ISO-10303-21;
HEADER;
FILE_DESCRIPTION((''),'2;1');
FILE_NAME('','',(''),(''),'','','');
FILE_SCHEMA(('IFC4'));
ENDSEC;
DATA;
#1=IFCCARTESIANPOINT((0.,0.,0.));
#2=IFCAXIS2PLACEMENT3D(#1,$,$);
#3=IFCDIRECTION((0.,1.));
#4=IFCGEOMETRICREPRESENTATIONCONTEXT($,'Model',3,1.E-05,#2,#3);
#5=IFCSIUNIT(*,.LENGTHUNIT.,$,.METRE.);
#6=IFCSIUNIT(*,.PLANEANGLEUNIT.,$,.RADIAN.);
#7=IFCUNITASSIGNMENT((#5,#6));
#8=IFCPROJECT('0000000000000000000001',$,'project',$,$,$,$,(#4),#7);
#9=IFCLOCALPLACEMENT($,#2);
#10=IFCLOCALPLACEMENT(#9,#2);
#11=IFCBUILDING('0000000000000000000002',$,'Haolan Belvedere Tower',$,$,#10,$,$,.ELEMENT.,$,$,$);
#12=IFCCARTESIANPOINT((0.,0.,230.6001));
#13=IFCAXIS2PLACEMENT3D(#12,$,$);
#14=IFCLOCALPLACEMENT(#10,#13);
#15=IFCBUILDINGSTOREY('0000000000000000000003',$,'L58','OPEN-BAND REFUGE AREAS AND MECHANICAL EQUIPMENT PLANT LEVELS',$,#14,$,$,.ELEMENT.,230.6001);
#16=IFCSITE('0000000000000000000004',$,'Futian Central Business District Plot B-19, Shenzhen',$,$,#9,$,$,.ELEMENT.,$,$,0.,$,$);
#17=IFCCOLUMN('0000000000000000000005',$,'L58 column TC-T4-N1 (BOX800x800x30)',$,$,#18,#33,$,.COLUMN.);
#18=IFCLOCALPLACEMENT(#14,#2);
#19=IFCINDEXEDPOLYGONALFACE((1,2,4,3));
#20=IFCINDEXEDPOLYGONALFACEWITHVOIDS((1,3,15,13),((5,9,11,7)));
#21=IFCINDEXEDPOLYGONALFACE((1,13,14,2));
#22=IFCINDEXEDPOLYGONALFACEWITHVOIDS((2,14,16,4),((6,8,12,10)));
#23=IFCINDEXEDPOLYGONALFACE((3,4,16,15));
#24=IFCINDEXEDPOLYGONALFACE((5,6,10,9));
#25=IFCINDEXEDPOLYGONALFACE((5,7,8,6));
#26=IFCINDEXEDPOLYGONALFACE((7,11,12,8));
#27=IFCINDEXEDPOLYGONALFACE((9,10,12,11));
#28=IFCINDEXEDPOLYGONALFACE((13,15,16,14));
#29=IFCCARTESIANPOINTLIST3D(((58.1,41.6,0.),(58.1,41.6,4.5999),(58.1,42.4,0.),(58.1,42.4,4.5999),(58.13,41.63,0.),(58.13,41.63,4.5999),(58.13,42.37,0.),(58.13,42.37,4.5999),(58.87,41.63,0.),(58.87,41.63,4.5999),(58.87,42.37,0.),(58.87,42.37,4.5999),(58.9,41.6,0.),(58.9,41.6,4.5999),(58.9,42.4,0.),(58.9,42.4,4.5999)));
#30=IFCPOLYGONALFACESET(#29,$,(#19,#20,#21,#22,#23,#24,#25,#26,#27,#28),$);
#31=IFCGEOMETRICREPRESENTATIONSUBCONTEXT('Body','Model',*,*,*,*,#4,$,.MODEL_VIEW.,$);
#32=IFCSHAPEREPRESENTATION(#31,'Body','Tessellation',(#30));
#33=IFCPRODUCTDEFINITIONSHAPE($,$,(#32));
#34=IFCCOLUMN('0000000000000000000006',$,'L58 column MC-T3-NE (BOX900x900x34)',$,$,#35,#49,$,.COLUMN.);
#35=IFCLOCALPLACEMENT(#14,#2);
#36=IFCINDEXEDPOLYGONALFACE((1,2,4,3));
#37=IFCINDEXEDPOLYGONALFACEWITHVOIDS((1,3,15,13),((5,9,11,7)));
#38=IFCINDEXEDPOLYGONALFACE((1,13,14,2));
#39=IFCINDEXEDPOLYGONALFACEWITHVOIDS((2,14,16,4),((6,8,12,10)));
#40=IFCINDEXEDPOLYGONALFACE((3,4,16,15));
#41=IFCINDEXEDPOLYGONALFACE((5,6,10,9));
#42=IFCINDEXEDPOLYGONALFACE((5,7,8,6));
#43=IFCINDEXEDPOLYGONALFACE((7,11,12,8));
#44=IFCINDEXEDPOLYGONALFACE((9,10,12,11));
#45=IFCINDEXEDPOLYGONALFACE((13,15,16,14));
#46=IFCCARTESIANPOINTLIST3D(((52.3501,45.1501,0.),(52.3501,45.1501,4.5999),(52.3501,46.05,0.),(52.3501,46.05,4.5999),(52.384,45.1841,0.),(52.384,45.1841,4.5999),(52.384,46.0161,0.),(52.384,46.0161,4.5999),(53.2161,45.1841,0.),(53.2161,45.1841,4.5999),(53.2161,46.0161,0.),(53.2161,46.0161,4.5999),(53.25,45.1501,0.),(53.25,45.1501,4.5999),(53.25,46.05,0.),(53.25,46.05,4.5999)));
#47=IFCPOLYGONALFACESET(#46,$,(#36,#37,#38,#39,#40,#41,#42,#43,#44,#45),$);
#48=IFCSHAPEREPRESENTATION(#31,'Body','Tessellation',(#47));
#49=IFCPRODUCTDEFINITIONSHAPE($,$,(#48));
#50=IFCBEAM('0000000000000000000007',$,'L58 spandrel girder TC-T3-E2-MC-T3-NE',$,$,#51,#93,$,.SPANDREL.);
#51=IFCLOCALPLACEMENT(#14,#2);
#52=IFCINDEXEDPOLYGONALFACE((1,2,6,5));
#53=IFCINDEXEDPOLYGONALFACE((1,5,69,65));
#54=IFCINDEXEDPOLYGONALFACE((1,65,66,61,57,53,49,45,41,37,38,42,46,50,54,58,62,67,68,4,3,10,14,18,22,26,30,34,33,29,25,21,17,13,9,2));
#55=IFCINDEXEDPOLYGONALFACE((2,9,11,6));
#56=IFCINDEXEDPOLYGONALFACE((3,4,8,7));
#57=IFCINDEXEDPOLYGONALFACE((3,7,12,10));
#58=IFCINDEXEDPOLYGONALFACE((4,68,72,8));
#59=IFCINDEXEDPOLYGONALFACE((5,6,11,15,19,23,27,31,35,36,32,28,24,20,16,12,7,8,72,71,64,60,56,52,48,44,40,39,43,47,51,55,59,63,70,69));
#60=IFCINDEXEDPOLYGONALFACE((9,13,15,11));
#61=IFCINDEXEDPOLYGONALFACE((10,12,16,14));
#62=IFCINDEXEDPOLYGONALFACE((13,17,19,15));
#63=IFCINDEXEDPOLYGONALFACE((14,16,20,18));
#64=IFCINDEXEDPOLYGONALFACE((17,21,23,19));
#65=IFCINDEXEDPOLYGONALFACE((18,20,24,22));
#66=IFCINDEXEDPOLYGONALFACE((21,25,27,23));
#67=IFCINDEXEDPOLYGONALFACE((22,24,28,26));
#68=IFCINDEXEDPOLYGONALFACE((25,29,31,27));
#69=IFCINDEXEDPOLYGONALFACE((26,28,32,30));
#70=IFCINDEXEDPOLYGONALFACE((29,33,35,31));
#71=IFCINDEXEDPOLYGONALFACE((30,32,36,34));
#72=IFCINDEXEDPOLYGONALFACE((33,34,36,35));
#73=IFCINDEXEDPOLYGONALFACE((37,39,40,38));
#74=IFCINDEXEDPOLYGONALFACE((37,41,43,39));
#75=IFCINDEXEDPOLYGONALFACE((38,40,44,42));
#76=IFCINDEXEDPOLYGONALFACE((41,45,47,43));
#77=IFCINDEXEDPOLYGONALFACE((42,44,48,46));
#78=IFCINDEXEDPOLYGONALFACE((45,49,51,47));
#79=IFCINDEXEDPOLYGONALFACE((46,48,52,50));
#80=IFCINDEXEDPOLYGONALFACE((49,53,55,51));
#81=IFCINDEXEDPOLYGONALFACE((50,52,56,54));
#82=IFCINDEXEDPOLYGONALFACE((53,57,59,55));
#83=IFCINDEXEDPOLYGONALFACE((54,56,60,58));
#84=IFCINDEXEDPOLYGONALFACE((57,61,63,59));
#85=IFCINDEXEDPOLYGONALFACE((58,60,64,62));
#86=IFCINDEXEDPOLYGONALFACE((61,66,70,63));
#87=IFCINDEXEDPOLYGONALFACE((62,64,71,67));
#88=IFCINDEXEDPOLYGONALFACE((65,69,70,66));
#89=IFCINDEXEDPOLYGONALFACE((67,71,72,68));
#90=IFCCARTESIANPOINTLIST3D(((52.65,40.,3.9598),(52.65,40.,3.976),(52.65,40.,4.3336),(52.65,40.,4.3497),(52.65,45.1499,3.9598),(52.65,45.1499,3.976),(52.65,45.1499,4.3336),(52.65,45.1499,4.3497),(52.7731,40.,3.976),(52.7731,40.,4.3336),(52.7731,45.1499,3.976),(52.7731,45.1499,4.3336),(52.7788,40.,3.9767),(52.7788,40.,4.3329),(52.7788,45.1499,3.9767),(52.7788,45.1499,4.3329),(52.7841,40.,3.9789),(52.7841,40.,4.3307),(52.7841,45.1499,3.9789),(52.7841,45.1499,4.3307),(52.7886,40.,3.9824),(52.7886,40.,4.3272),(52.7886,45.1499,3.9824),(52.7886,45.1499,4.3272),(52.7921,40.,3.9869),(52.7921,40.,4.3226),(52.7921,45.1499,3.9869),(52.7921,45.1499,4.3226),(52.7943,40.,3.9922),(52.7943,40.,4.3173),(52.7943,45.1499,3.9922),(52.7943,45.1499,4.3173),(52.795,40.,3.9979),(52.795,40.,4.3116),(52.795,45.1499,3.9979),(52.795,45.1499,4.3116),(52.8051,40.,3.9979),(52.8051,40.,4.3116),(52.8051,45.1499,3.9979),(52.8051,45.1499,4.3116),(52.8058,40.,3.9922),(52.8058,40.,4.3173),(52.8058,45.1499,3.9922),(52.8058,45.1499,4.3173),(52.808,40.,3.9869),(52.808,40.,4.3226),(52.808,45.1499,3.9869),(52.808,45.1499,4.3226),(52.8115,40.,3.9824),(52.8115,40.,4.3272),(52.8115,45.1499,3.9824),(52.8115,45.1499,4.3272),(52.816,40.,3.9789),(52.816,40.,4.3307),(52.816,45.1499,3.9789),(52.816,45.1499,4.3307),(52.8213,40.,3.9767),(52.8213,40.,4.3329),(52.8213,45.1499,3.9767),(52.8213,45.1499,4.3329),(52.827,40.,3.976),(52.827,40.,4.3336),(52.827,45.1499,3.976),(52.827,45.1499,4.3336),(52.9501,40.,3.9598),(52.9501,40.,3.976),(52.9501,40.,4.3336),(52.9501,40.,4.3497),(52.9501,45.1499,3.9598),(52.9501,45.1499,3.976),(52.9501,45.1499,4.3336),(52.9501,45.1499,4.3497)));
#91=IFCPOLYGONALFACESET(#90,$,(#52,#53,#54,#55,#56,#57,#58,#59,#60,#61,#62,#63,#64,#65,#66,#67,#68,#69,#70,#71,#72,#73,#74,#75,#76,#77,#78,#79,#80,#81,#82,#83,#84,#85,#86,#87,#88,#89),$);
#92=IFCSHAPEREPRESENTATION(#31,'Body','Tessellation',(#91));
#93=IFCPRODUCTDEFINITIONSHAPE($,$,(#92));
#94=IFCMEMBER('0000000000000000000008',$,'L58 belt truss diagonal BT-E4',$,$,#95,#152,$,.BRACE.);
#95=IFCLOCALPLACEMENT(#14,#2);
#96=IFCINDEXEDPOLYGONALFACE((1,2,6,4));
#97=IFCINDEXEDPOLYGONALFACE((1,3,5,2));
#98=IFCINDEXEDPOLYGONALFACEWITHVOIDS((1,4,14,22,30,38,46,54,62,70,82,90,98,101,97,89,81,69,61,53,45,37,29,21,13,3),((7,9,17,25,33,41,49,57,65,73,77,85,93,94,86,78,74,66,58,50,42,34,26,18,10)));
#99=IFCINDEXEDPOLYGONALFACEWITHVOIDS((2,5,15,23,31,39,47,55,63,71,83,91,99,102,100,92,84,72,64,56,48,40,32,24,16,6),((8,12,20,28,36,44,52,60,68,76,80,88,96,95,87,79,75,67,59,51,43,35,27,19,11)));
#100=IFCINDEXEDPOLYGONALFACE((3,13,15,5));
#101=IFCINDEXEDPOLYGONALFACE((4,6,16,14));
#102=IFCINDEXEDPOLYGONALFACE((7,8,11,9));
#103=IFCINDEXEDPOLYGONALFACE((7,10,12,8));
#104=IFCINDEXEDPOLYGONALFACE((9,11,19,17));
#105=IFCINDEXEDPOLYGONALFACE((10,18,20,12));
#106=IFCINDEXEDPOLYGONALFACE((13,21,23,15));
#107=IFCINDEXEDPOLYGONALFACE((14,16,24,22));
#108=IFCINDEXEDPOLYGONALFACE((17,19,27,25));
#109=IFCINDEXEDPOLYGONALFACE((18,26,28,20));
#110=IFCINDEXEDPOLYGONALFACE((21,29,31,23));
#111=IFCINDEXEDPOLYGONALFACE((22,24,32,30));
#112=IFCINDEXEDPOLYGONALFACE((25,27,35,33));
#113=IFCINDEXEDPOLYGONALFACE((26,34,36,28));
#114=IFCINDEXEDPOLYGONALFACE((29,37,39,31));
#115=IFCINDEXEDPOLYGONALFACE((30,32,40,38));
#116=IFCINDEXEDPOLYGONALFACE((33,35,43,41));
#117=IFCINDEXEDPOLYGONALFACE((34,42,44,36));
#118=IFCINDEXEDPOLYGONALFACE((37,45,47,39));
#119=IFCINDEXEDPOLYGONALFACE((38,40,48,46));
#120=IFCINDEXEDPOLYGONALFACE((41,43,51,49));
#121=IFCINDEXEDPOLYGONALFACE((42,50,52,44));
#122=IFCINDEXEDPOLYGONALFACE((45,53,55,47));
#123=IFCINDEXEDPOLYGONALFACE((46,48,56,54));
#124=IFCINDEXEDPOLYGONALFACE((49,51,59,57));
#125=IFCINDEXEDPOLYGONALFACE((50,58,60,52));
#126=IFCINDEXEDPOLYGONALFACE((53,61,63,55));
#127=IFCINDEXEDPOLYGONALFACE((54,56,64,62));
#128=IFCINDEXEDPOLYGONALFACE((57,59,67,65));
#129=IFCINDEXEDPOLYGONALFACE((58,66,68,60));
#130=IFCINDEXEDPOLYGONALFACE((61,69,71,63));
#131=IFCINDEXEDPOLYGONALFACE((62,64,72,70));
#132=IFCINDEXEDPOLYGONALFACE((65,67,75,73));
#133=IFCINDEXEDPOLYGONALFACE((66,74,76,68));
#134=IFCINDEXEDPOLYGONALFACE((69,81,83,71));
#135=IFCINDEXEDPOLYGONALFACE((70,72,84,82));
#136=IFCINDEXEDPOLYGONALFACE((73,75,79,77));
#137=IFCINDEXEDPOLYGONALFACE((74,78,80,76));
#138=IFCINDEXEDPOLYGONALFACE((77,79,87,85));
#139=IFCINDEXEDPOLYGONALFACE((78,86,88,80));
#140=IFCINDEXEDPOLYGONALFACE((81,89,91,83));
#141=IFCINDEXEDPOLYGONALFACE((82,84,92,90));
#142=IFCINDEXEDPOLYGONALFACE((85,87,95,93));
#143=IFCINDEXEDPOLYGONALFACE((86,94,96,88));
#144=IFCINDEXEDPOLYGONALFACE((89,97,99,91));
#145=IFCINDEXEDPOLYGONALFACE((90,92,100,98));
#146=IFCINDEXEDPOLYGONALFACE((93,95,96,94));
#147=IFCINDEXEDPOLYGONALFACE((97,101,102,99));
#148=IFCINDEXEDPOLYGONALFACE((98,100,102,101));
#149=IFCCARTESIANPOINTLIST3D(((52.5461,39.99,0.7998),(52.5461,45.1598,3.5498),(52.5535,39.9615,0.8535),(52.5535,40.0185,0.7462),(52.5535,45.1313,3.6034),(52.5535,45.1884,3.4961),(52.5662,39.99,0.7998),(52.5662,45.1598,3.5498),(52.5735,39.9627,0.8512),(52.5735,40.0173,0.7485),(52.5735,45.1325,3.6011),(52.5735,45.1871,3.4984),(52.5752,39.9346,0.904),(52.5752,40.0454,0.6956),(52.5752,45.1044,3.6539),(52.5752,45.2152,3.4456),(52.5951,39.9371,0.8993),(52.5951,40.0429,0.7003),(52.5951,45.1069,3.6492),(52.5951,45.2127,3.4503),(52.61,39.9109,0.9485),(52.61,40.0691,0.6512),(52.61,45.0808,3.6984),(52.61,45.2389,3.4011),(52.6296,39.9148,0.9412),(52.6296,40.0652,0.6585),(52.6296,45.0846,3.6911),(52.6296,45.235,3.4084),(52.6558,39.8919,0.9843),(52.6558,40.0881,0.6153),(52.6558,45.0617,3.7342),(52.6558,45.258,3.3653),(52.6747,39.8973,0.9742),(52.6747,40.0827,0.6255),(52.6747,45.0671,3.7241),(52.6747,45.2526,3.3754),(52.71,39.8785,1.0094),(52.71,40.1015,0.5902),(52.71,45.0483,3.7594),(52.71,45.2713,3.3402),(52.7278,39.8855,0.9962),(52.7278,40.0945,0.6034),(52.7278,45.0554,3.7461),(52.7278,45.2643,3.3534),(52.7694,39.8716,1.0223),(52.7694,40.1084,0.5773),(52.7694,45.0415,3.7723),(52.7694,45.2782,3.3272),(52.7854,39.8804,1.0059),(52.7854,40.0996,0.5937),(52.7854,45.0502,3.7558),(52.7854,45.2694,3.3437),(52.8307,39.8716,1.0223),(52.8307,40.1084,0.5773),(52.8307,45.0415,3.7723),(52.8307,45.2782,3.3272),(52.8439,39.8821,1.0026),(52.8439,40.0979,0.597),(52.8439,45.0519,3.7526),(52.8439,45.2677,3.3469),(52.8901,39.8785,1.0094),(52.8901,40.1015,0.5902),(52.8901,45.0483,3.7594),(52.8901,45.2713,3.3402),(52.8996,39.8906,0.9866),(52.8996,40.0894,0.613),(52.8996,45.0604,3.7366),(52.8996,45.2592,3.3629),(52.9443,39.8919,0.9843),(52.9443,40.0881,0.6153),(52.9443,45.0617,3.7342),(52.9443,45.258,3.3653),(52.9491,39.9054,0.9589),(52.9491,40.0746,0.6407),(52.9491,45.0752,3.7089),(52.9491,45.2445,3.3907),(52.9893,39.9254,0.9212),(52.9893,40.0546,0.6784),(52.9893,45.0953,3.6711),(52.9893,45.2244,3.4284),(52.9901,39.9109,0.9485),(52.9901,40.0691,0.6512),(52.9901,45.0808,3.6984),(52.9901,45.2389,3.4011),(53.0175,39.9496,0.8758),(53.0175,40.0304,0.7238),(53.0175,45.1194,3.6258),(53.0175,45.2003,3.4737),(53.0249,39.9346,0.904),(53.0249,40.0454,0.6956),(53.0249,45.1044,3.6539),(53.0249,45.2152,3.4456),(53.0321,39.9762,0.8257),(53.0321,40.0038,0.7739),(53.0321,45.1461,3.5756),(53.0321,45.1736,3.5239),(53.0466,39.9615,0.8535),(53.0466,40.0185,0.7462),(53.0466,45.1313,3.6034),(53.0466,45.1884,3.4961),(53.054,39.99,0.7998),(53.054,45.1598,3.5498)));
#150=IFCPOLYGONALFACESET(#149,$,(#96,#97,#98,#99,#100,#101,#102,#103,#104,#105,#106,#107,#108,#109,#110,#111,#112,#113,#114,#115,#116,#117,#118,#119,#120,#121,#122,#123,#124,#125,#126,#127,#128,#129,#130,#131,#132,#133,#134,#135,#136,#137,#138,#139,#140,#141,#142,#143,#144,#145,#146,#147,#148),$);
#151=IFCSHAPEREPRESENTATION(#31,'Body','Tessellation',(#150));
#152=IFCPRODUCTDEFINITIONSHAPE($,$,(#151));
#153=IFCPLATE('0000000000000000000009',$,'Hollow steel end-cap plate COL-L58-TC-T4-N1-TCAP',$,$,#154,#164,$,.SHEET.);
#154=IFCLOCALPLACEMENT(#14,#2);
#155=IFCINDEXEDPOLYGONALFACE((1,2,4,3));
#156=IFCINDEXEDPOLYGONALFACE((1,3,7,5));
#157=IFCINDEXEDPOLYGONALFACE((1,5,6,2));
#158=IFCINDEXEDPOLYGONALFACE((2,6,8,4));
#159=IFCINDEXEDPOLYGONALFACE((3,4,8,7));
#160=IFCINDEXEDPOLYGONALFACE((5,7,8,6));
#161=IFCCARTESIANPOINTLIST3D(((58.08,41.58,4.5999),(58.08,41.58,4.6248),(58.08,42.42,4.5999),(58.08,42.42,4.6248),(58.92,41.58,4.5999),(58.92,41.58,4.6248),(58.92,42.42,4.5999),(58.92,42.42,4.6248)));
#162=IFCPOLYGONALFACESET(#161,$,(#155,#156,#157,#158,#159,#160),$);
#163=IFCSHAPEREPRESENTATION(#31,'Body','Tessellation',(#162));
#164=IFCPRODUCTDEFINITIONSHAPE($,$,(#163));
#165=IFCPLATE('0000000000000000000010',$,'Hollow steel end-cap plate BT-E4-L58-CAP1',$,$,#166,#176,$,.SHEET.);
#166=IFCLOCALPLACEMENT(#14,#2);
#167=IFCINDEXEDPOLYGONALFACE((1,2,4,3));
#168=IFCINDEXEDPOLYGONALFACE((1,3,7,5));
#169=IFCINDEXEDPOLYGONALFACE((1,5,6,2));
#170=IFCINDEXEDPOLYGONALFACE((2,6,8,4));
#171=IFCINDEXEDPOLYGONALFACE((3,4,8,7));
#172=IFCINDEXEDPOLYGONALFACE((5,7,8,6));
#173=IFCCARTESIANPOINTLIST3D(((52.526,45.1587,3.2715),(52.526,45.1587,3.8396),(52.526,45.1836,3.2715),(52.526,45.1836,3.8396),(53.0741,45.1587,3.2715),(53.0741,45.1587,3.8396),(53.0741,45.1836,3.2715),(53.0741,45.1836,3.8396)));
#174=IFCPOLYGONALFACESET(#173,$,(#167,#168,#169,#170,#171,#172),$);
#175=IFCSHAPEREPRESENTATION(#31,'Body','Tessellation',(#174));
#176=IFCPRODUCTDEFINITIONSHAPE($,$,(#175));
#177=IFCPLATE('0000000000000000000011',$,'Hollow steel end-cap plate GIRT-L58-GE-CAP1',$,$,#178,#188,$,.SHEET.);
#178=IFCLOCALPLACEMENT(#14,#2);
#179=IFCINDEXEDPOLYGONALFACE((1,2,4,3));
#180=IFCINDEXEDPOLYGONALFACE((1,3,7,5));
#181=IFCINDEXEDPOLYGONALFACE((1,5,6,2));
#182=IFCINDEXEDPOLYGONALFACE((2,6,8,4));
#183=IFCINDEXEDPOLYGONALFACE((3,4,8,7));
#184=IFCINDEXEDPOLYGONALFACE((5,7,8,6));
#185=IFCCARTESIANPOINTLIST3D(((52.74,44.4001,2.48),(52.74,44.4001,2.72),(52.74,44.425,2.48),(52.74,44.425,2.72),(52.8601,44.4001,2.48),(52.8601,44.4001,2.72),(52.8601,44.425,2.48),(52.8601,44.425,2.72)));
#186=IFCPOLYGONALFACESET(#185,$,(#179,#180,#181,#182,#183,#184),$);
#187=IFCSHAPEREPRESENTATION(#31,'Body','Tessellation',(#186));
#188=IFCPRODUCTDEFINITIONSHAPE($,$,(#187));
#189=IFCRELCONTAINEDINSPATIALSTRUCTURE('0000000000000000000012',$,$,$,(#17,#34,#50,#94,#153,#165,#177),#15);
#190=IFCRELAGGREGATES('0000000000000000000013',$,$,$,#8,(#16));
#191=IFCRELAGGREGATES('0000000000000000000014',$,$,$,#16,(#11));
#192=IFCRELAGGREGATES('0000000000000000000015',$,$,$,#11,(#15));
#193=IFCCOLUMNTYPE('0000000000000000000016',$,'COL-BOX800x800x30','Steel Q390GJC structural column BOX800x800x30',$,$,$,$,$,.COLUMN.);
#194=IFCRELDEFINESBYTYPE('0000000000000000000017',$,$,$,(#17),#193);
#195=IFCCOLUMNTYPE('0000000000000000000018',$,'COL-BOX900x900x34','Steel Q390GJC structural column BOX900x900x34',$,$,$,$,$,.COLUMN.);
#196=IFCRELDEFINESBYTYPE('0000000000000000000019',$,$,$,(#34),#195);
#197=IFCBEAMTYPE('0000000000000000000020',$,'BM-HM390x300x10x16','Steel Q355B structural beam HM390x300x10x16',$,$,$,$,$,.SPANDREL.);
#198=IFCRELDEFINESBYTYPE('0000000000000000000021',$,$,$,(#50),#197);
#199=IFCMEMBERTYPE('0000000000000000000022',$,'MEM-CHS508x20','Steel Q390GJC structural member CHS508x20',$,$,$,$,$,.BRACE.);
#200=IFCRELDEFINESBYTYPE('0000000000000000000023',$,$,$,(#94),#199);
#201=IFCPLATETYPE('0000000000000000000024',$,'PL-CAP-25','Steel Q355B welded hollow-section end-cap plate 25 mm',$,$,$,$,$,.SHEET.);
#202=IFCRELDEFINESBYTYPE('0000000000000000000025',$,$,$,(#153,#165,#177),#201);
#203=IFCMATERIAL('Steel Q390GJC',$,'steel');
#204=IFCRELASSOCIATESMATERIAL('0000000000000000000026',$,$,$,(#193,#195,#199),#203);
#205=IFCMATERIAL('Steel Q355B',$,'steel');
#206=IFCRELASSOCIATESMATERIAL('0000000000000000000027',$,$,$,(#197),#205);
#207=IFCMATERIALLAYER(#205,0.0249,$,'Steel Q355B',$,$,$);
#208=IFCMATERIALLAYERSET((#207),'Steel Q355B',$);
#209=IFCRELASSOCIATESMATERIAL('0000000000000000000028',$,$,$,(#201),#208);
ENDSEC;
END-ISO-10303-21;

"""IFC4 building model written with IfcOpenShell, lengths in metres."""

from ifc_helpers import new_model, si_unit, direction, frame, origin, origin_2d, place, context, subcontext, project, spatial, rectangle, hollow_rectangle, hollow_circle, i_section, extrude, material, layer, layer_set, material_profile, profile_set, type_object, element, save


model = new_model("IFC4")

# Units and contexts
model_context = context("Model", 3, precision=1e-05, world=origin(), true_north=direction((0.0, 1.0)))
body_context = subcontext(model_context, "Body", "Model", "MODEL_VIEW")
ifc_project = project(units=[si_unit("LENGTHUNIT", "METRE"), si_unit("PLANEANGLEUNIT", "RADIAN")], contexts=[model_context])

# Site, building, storey
site_placement = place(None, origin())
site = spatial("IfcSite", under=ifc_project, at=site_placement, Name="Futian Central Business District Plot B-19, Shenzhen", CompositionType="ELEMENT", RefElevation=0.0)
building_placement = place(site_placement, origin())
building = spatial("IfcBuilding", under=site, at=building_placement, Name="Haolan Belvedere Tower", CompositionType="ELEMENT")
storey_placement = place(building_placement, frame((0.0, 0.0, 230.6001)))
storey = spatial("IfcBuildingStorey", under=building, at=storey_placement, Name="L58", Description="OPEN-BAND REFUGE AREAS AND MECHANICAL EQUIPMENT PLANT LEVELS", CompositionType="ELEMENT", Elevation=230.6001)

# Columns
ifc_material_1 = material(Name="Steel Q390GJC", Category="steel")
ifc_material_profile_1 = material_profile(ifc_material_1, hollow_rectangle(XDim=0.8, YDim=0.8, WallThickness=0.03, at=origin_2d()), Name="Steel Q390GJC")
ifc_profile_set_1 = profile_set([ifc_material_profile_1], Name="Steel Q390GJC")
column_type_1 = type_object("IfcColumnType", Name="COL-BOX800x800x30", Description="Steel Q390GJC structural column BOX800x800x30", PredefinedType="COLUMN", material=ifc_profile_set_1)
column_1_placement = place(storey_placement, frame((58.5, 42.0, 0.0), z_axis=(0.0, 0.0, 1.0), x_axis=(1.0, 0.0, 0.0)))
element("IfcColumn", 1, at=column_1_placement, inside=storey, type_object=column_type_1, Name="L58 column TC-T4-N1 (BOX800x800x30)", PredefinedType="COLUMN", context=body_context, shape_type="SweptSolid", body=[
    extrude(hollow_rectangle(XDim=0.8, YDim=0.8, WallThickness=0.03, at=origin_2d()), origin(), (0.0, 0.0, 1.0), 4.5999),
])
ifc_material_profile_2 = material_profile(ifc_material_1, hollow_rectangle(XDim=0.8999, YDim=0.8999, WallThickness=0.0339, at=origin_2d()), Name="Steel Q390GJC")
ifc_profile_set_2 = profile_set([ifc_material_profile_2], Name="Steel Q390GJC")
column_type_2 = type_object("IfcColumnType", Name="COL-BOX900x900x34", Description="Steel Q390GJC structural column BOX900x900x34", PredefinedType="COLUMN", material=ifc_profile_set_2)
column_2_placement = place(storey_placement, frame((52.8, 45.6001, 0.0), z_axis=(0.0, 0.0, 1.0), x_axis=(1.0, 0.0, 0.0)))
element("IfcColumn", 2, at=column_2_placement, inside=storey, type_object=column_type_2, Name="L58 column MC-T3-NE (BOX900x900x34)", PredefinedType="COLUMN", context=body_context, shape_type="SweptSolid", body=[
    extrude(hollow_rectangle(XDim=0.8999, YDim=0.8999, WallThickness=0.0339, at=origin_2d()), origin(), (0.0, 0.0, 1.0), 4.5999),
])

# Beam
ifc_material_2 = material(Name="Steel Q355B", Category="steel")
ifc_material_profile_3 = material_profile(ifc_material_2, i_section(OverallWidth=0.3, OverallDepth=0.3899, WebThickness=0.01, FlangeThickness=0.0161, FilletRadius=0.022, at=origin_2d()), Name="Steel Q355B")
ifc_profile_set_3 = profile_set([ifc_material_profile_3], Name="Steel Q355B")
beam_type = type_object("IfcBeamType", Name="BM-HM390x300x10x16", Description="Steel Q355B structural beam HM390x300x10x16", PredefinedType="SPANDREL", material=ifc_profile_set_3)
beam_placement = place(storey_placement, frame((52.8, 40.0, 4.1548), z_axis=(0.0, 1.0, 0.0), x_axis=(-1.0, 0.0, 0.0)))
element("IfcBeam", 3, at=beam_placement, inside=storey, type_object=beam_type, Name="L58 spandrel girder TC-T3-E2-MC-T3-NE", PredefinedType="SPANDREL", context=body_context, shape_type="SweptSolid", body=[
    extrude(i_section(OverallWidth=0.3, OverallDepth=0.3899, WebThickness=0.01, FlangeThickness=0.0161, FilletRadius=0.022, at=origin_2d()), origin(), (0.0, 0.0, 1.0), 5.1499),
])

# Member
ifc_material_profile_4 = material_profile(ifc_material_1, hollow_circle(Radius=0.2539, WallThickness=0.02, at=origin_2d()), Name="Steel Q390GJC")
ifc_profile_set_4 = profile_set([ifc_material_profile_4], Name="Steel Q390GJC")
member_type = type_object("IfcMemberType", Name="MEM-CHS508x20", Description="Steel Q390GJC structural member CHS508x20", PredefinedType="BRACE", material=ifc_profile_set_4)
member_placement = place(storey_placement, frame((52.8, 39.99, 0.7998), z_axis=(0.0, 0.882869, 0.469619), x_axis=(-1.0, 0.0, 0.0)))
element("IfcMember", 4, at=member_placement, inside=storey, type_object=member_type, Name="L58 belt truss diagonal BT-E4", PredefinedType="BRACE", context=body_context, shape_type="SweptSolid", body=[
    extrude(hollow_circle(Radius=0.2539, WallThickness=0.02, at=origin_2d()), origin(), (0.0, 0.0, 1.0), 5.8557),
])

# Plates
ifc_layer_1 = layer(ifc_material_2, 0.0249, Name="Steel Q355B")
ifc_layer_set_1 = layer_set([ifc_layer_1], Name="Steel Q355B")
plate_type = type_object("IfcPlateType", Name="PL-CAP-25", Description="Steel Q355B welded hollow-section end-cap plate 25 mm", PredefinedType="SHEET", material=ifc_layer_set_1)
plate_1_placement = place(storey_placement, frame((58.5, 42.0, 4.5999), z_axis=(0.0, 0.0, 1.0), x_axis=(1.0, 0.0, 0.0)))
element("IfcPlate", 5, at=plate_1_placement, inside=storey, type_object=plate_type, Name="Hollow steel end-cap plate COL-L58-TC-T4-N1-TCAP", PredefinedType="SHEET", context=body_context, shape_type="SweptSolid", body=[
    extrude(rectangle(XDim=0.8401, YDim=0.8401, at=origin_2d()), origin(), (0.0, 0.0, 1.0), 0.0249),
])
plate_2_placement = place(storey_placement, frame((52.8, 45.1711, 3.2715), z_axis=(0.0, 0.0, 1.0), x_axis=(-1.0, 0.0, 0.0)))
element("IfcPlate", 6, at=plate_2_placement, inside=storey, type_object=plate_type, Name="Hollow steel end-cap plate BT-E4-L58-CAP1", PredefinedType="SHEET", context=body_context, shape_type="SweptSolid", body=[
    extrude(rectangle(XDim=0.5481, YDim=0.0249, at=origin_2d()), origin(), (0.0, 0.0, 1.0), 0.5681),
])
plate_3_placement = place(storey_placement, frame((52.8, 44.4126, 2.48), z_axis=(0.0, 0.0, 1.0), x_axis=(-1.0, 0.0, 0.0)))
element("IfcPlate", 7, at=plate_3_placement, inside=storey, type_object=plate_type, Name="Hollow steel end-cap plate GIRT-L58-GE-CAP1", PredefinedType="SHEET", context=body_context, shape_type="SweptSolid", body=[
    extrude(rectangle(XDim=0.1201, YDim=0.0249, at=origin_2d()), origin(), (0.0, 0.0, 1.0), 0.24),
])

save(model, "model.ifc")
